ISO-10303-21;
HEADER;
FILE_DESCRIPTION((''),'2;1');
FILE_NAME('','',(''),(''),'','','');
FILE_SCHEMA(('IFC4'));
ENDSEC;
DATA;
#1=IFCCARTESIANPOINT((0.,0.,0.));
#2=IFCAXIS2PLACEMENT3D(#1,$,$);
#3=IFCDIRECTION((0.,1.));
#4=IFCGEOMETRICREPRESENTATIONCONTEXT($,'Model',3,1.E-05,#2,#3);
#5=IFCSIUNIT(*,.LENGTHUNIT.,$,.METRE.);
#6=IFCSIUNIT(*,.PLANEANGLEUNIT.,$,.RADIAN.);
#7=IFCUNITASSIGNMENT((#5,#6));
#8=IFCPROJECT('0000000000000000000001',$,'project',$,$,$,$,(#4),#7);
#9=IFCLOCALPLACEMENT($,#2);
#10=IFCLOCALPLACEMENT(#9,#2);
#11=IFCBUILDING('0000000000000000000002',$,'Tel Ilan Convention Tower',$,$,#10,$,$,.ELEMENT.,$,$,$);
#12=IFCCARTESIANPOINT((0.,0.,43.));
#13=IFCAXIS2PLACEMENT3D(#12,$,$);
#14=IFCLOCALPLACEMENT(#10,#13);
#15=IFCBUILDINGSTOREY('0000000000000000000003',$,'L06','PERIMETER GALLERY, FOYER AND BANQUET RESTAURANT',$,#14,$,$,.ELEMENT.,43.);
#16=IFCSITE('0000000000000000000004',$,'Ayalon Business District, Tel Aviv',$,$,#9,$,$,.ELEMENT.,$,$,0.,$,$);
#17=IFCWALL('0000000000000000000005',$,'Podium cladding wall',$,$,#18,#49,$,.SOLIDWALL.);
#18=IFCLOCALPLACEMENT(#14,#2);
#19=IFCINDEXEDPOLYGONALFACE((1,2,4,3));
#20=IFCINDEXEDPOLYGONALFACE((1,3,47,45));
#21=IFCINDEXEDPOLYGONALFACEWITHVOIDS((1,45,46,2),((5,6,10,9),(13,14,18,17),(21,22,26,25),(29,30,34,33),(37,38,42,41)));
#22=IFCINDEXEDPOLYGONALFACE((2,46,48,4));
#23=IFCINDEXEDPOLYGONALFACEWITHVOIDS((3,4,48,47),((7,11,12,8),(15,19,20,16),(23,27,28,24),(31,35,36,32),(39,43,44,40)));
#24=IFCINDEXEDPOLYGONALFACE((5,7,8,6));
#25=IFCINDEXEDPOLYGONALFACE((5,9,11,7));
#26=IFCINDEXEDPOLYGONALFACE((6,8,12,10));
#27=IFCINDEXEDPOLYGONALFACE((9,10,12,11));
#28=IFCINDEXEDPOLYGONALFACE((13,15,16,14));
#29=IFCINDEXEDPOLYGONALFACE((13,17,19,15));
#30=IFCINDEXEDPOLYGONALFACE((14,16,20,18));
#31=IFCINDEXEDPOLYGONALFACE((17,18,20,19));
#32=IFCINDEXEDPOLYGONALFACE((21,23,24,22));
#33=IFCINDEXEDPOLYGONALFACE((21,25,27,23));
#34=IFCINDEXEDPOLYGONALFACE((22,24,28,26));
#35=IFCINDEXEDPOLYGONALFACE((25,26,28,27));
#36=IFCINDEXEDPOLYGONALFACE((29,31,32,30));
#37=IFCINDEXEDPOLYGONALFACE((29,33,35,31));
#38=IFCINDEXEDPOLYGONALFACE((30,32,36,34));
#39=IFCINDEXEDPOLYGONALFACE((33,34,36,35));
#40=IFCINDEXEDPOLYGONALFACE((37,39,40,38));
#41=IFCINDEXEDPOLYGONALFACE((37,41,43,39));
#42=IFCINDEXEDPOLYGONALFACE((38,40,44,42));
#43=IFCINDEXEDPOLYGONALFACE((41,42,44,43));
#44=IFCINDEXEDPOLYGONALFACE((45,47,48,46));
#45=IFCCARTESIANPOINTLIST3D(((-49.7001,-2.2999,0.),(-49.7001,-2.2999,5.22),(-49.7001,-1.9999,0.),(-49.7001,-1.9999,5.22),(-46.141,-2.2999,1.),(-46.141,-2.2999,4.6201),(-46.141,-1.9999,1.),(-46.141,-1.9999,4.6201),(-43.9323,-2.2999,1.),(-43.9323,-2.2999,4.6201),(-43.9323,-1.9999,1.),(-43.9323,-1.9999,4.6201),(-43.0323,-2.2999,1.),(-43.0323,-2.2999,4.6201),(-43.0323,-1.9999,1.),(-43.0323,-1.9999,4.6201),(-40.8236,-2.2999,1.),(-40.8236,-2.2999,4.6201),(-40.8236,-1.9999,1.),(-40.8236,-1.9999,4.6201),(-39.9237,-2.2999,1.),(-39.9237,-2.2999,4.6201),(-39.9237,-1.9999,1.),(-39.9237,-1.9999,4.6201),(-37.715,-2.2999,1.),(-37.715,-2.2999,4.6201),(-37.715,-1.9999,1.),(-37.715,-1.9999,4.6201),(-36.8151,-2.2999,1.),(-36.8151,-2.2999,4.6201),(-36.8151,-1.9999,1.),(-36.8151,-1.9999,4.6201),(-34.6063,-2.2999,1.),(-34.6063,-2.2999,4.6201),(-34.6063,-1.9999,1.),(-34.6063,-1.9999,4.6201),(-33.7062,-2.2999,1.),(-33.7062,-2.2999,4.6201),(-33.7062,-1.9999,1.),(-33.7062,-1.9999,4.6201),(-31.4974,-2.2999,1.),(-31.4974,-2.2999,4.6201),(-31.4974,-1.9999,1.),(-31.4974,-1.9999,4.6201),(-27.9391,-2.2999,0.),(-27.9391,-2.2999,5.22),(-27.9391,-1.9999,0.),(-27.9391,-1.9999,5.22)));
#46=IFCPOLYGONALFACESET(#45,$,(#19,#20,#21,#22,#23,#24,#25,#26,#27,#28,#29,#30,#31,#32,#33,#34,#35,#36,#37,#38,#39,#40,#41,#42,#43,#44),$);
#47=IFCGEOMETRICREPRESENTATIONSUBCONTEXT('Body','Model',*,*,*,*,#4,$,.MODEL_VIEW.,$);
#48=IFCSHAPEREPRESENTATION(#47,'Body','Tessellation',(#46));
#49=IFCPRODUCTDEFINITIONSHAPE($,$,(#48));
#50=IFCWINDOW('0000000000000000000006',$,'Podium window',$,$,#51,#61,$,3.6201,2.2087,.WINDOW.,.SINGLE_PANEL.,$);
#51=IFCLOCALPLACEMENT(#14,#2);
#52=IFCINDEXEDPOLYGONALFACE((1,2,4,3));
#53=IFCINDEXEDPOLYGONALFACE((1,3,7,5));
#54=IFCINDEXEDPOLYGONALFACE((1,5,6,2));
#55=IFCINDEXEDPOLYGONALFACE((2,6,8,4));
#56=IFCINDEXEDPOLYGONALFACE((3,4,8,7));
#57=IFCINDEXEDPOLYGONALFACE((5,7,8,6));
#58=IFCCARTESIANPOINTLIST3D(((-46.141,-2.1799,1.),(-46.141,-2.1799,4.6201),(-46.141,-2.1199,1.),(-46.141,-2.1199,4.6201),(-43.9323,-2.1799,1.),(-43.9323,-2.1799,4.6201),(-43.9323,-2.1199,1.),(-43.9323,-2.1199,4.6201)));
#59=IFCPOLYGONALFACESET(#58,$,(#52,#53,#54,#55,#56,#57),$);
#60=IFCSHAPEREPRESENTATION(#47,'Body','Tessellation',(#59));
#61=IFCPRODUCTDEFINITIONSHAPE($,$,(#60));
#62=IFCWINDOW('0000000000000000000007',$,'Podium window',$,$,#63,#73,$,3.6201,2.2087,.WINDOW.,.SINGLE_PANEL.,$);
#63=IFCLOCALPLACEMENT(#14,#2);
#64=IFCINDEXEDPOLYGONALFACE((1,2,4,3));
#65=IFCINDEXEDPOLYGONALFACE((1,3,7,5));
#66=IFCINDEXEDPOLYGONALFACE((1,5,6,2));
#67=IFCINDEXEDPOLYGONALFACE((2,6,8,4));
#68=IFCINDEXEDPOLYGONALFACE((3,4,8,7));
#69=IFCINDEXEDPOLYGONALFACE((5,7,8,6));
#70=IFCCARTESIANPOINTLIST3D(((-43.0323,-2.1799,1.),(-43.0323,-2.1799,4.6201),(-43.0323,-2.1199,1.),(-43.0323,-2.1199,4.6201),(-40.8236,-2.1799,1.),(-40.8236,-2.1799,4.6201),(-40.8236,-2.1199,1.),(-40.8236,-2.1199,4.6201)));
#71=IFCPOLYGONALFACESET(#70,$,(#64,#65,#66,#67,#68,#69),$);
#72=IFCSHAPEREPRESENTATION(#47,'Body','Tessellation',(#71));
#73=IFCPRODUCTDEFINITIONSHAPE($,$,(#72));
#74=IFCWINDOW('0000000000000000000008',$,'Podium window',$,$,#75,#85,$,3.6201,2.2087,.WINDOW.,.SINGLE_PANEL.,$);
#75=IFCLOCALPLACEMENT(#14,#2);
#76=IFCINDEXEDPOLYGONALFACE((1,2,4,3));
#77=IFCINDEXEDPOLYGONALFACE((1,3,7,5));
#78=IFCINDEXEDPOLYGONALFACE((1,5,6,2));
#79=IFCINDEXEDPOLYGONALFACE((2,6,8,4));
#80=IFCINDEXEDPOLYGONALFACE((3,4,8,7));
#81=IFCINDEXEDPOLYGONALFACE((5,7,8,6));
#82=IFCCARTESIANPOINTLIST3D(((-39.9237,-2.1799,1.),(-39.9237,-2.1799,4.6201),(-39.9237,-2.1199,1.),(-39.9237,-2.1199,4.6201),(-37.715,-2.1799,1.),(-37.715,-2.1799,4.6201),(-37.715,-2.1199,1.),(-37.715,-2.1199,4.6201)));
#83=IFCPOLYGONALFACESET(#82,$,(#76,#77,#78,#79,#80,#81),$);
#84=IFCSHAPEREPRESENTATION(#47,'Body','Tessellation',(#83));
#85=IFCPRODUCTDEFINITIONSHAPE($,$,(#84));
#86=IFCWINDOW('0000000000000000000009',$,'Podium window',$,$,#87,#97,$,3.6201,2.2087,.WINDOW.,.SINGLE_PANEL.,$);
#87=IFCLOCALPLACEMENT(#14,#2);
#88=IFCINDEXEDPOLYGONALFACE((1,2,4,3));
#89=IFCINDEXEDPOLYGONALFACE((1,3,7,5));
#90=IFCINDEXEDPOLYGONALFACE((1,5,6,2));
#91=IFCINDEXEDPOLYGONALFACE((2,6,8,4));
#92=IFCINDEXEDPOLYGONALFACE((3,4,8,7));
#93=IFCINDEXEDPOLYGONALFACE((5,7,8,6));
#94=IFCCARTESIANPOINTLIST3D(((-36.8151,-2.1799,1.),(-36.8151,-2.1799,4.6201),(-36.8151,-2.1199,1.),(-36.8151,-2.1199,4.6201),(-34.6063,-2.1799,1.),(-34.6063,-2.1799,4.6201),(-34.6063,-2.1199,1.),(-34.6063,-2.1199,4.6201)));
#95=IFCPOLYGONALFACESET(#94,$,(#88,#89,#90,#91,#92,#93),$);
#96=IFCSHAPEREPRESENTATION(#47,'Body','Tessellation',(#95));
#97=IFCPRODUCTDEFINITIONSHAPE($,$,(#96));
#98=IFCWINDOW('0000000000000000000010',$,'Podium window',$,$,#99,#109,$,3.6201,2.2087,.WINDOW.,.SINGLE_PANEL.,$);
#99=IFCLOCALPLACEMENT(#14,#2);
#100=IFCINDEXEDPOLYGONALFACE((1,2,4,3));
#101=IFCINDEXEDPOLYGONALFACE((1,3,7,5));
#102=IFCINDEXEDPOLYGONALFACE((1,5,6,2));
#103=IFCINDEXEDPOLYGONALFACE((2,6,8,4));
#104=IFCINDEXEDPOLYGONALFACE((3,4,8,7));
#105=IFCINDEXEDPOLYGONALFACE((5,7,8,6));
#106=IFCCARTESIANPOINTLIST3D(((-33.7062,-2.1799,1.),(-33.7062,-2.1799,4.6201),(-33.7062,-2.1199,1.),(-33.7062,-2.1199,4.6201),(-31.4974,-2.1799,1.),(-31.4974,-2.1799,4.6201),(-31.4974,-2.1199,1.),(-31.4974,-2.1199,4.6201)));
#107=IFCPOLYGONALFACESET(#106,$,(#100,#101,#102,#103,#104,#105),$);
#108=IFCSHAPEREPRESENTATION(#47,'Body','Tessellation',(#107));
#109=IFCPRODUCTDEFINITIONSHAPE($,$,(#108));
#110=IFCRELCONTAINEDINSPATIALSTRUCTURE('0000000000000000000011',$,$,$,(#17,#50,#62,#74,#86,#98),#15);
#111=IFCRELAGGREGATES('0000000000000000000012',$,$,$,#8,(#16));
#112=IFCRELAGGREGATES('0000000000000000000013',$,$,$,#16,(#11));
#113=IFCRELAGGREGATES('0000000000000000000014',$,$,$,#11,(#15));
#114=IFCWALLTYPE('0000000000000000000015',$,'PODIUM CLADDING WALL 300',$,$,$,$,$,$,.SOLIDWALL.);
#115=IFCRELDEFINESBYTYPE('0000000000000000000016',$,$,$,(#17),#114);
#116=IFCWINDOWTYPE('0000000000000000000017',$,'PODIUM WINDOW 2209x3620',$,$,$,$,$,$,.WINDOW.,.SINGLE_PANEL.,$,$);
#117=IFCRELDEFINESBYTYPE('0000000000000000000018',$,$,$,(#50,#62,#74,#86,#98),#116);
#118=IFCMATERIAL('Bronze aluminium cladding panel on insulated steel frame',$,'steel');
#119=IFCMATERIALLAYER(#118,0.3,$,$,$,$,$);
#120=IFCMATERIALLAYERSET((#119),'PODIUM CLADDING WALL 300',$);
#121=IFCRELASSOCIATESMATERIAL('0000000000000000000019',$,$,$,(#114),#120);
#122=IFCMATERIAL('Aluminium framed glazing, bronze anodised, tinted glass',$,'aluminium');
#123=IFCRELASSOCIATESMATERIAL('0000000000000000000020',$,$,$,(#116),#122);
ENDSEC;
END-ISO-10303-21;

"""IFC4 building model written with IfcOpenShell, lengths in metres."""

from ifc_helpers import new_model, si_unit, direction, frame, frame_2d, origin, place, context, subcontext, project, spatial, rectangle, extrude, material, layer, layer_set, type_object, element, fill, save


model = new_model("IFC4")

# Units and contexts
model_context = context("Model", 3, precision=1e-05, world=origin(), true_north=direction((0.0, 1.0)))
body_context = subcontext(model_context, "Body", "Model", "MODEL_VIEW")
ifc_project = project(units=[si_unit("LENGTHUNIT", "METRE"), si_unit("PLANEANGLEUNIT", "RADIAN")], contexts=[model_context])

# Site, building, storey
site_placement = place(None, origin())
site = spatial("IfcSite", under=ifc_project, at=site_placement, Name="Ayalon Business District, Tel Aviv", CompositionType="ELEMENT", RefElevation=0.0)
building_placement = place(site_placement, origin())
building = spatial("IfcBuilding", under=site, at=building_placement, Name="Tel Ilan Convention Tower", CompositionType="ELEMENT")
storey_placement = place(building_placement, frame((0.0, 0.0, 43.0)))
storey = spatial("IfcBuildingStorey", under=building, at=storey_placement, Name="L06", Description="PERIMETER GALLERY, FOYER AND BANQUET RESTAURANT", CompositionType="ELEMENT", Elevation=43.0)

# Wall, openings, windows
ifc_material_1 = material(Name="Bronze aluminium cladding panel on insulated steel frame", Category="steel")
ifc_layer_1 = layer(ifc_material_1, 0.3)
ifc_layer_set_1 = layer_set([ifc_layer_1], Name="PODIUM CLADDING WALL 300")
wall_type_1 = type_object("IfcWallType", Name="PODIUM CLADDING WALL 300", PredefinedType="SOLIDWALL", material=ifc_layer_set_1)
wall_1_placement = place(storey_placement, frame((-49.7, -2.1499, 0.0), z_axis=(0.0, 0.0, 1.0), x_axis=(1.0, 0.0, 0.0)))
wall_1 = element("IfcWall", 1, at=wall_1_placement, inside=storey, type_object=wall_type_1, Name="Podium cladding wall", PredefinedType="SOLIDWALL", context=body_context, shape_type="SweptSolid", body=[
    extrude(rectangle(XDim=21.761, YDim=0.3, at=frame_2d((10.8804, 0.0))), origin(), (0.0, 0.0, 1.0), 5.22),
])
opening_1_placement = place(wall_1_placement, frame((3.5588, 0.0, 1.0)))
opening_1 = element("IfcOpeningElement", 2, at=opening_1_placement, cuts=wall_1, PredefinedType="OPENING", context=body_context, shape_type="SweptSolid", body=[
    extrude(rectangle(XDim=2.2087, YDim=3.6201, at=frame_2d((1.1045, 1.8101))), frame((0.0, 0.1599, 0.0), z_axis=(0.0, -1.0, 0.0), x_axis=(1.0, 0.0, 0.0)), (0.0, 0.0, 1.0), 0.3201),
])
opening_2_placement = place(wall_1_placement, frame((6.6675, 0.0, 1.0)))
opening_2 = element("IfcOpeningElement", 3, at=opening_2_placement, cuts=wall_1, PredefinedType="OPENING", context=body_context, shape_type="SweptSolid", body=[
    extrude(rectangle(XDim=2.2087, YDim=3.6201, at=frame_2d((1.1045, 1.8101))), frame((0.0, 0.1599, 0.0), z_axis=(0.0, -1.0, 0.0), x_axis=(1.0, 0.0, 0.0)), (0.0, 0.0, 1.0), 0.3201),
])
opening_3_placement = place(wall_1_placement, frame((9.7761, 0.0, 1.0)))
opening_3 = element("IfcOpeningElement", 4, at=opening_3_placement, cuts=wall_1, PredefinedType="OPENING", context=body_context, shape_type="SweptSolid", body=[
    extrude(rectangle(XDim=2.2087, YDim=3.6201, at=frame_2d((1.1045, 1.8101))), frame((0.0, 0.1599, 0.0), z_axis=(0.0, -1.0, 0.0), x_axis=(1.0, 0.0, 0.0)), (0.0, 0.0, 1.0), 0.3201),
])
opening_4_placement = place(wall_1_placement, frame((12.8848, 0.0, 1.0)))
opening_4 = element("IfcOpeningElement", 5, at=opening_4_placement, cuts=wall_1, PredefinedType="OPENING", context=body_context, shape_type="SweptSolid", body=[
    extrude(rectangle(XDim=2.2087, YDim=3.6201, at=frame_2d((1.1045, 1.8101))), frame((0.0, 0.1599, 0.0), z_axis=(0.0, -1.0, 0.0), x_axis=(1.0, 0.0, 0.0)), (0.0, 0.0, 1.0), 0.3201),
])
opening_5_placement = place(wall_1_placement, frame((15.9937, 0.0, 1.0)))
opening_5 = element("IfcOpeningElement", 6, at=opening_5_placement, cuts=wall_1, PredefinedType="OPENING", context=body_context, shape_type="SweptSolid", body=[
    extrude(rectangle(XDim=2.2087, YDim=3.6201, at=frame_2d((1.1045, 1.8101))), frame((0.0, 0.1599, 0.0), z_axis=(0.0, -1.0, 0.0), x_axis=(1.0, 0.0, 0.0)), (0.0, 0.0, 1.0), 0.3201),
])
ifc_material_2 = material(Name="Aluminium framed glazing, bronze anodised, tinted glass", Category="aluminium")
window_type_1 = type_object("IfcWindowType", Name="PODIUM WINDOW 2209x3620", PartitioningType="SINGLE_PANEL", PredefinedType="WINDOW", material=ifc_material_2)
window_1_placement = place(opening_1_placement, origin())
window_1 = element("IfcWindow", 7, at=window_1_placement, inside=storey, type_object=window_type_1, Name="Podium window", OverallHeight=3.6201, OverallWidth=2.2087, PartitioningType="SINGLE_PANEL", PredefinedType="WINDOW", context=body_context, shape_type="SweptSolid", body=[
    extrude(rectangle(XDim=2.2087, YDim=3.6201, at=frame_2d((1.1045, 1.8101))), frame((0.0, 0.03, 0.0), z_axis=(0.0, -1.0, 0.0), x_axis=(1.0, 0.0, 0.0)), (0.0, 0.0, 1.0), 0.0601),
])
fill(opening_1, window_1)
window_2_placement = place(opening_2_placement, origin())
window_2 = element("IfcWindow", 8, at=window_2_placement, inside=storey, type_object=window_type_1, Name="Podium window", OverallHeight=3.6201, OverallWidth=2.2087, PartitioningType="SINGLE_PANEL", PredefinedType="WINDOW", context=body_context, shape_type="SweptSolid", body=[
    extrude(rectangle(XDim=2.2087, YDim=3.6201, at=frame_2d((1.1045, 1.8101))), frame((0.0, 0.03, 0.0), z_axis=(0.0, -1.0, 0.0), x_axis=(1.0, 0.0, 0.0)), (0.0, 0.0, 1.0), 0.0601),
])
fill(opening_2, window_2)
window_3_placement = place(opening_3_placement, origin())
window_3 = element("IfcWindow", 9, at=window_3_placement, inside=storey, type_object=window_type_1, Name="Podium window", OverallHeight=3.6201, OverallWidth=2.2087, PartitioningType="SINGLE_PANEL", PredefinedType="WINDOW", context=body_context, shape_type="SweptSolid", body=[
    extrude(rectangle(XDim=2.2087, YDim=3.6201, at=frame_2d((1.1045, 1.8101))), frame((0.0, 0.03, 0.0), z_axis=(0.0, -1.0, 0.0), x_axis=(1.0, 0.0, 0.0)), (0.0, 0.0, 1.0), 0.0601),
])
fill(opening_3, window_3)
window_4_placement = place(opening_4_placement, origin())
window_4 = element("IfcWindow", 10, at=window_4_placement, inside=storey, type_object=window_type_1, Name="Podium window", OverallHeight=3.6201, OverallWidth=2.2087, PartitioningType="SINGLE_PANEL", PredefinedType="WINDOW", context=body_context, shape_type="SweptSolid", body=[
    extrude(rectangle(XDim=2.2087, YDim=3.6201, at=frame_2d((1.1045, 1.8101))), frame((0.0, 0.03, 0.0), z_axis=(0.0, -1.0, 0.0), x_axis=(1.0, 0.0, 0.0)), (0.0, 0.0, 1.0), 0.0601),
])
fill(opening_4, window_4)
window_5_placement = place(opening_5_placement, origin())
window_5 = element("IfcWindow", 11, at=window_5_placement, inside=storey, type_object=window_type_1, Name="Podium window", OverallHeight=3.6201, OverallWidth=2.2087, PartitioningType="SINGLE_PANEL", PredefinedType="WINDOW", context=body_context, shape_type="SweptSolid", body=[
    extrude(rectangle(XDim=2.2087, YDim=3.6201, at=frame_2d((1.1045, 1.8101))), frame((0.0, 0.03, 0.0), z_axis=(0.0, -1.0, 0.0), x_axis=(1.0, 0.0, 0.0)), (0.0, 0.0, 1.0), 0.0601),
])
fill(opening_5, window_5)

save(model, "model.ifc")
